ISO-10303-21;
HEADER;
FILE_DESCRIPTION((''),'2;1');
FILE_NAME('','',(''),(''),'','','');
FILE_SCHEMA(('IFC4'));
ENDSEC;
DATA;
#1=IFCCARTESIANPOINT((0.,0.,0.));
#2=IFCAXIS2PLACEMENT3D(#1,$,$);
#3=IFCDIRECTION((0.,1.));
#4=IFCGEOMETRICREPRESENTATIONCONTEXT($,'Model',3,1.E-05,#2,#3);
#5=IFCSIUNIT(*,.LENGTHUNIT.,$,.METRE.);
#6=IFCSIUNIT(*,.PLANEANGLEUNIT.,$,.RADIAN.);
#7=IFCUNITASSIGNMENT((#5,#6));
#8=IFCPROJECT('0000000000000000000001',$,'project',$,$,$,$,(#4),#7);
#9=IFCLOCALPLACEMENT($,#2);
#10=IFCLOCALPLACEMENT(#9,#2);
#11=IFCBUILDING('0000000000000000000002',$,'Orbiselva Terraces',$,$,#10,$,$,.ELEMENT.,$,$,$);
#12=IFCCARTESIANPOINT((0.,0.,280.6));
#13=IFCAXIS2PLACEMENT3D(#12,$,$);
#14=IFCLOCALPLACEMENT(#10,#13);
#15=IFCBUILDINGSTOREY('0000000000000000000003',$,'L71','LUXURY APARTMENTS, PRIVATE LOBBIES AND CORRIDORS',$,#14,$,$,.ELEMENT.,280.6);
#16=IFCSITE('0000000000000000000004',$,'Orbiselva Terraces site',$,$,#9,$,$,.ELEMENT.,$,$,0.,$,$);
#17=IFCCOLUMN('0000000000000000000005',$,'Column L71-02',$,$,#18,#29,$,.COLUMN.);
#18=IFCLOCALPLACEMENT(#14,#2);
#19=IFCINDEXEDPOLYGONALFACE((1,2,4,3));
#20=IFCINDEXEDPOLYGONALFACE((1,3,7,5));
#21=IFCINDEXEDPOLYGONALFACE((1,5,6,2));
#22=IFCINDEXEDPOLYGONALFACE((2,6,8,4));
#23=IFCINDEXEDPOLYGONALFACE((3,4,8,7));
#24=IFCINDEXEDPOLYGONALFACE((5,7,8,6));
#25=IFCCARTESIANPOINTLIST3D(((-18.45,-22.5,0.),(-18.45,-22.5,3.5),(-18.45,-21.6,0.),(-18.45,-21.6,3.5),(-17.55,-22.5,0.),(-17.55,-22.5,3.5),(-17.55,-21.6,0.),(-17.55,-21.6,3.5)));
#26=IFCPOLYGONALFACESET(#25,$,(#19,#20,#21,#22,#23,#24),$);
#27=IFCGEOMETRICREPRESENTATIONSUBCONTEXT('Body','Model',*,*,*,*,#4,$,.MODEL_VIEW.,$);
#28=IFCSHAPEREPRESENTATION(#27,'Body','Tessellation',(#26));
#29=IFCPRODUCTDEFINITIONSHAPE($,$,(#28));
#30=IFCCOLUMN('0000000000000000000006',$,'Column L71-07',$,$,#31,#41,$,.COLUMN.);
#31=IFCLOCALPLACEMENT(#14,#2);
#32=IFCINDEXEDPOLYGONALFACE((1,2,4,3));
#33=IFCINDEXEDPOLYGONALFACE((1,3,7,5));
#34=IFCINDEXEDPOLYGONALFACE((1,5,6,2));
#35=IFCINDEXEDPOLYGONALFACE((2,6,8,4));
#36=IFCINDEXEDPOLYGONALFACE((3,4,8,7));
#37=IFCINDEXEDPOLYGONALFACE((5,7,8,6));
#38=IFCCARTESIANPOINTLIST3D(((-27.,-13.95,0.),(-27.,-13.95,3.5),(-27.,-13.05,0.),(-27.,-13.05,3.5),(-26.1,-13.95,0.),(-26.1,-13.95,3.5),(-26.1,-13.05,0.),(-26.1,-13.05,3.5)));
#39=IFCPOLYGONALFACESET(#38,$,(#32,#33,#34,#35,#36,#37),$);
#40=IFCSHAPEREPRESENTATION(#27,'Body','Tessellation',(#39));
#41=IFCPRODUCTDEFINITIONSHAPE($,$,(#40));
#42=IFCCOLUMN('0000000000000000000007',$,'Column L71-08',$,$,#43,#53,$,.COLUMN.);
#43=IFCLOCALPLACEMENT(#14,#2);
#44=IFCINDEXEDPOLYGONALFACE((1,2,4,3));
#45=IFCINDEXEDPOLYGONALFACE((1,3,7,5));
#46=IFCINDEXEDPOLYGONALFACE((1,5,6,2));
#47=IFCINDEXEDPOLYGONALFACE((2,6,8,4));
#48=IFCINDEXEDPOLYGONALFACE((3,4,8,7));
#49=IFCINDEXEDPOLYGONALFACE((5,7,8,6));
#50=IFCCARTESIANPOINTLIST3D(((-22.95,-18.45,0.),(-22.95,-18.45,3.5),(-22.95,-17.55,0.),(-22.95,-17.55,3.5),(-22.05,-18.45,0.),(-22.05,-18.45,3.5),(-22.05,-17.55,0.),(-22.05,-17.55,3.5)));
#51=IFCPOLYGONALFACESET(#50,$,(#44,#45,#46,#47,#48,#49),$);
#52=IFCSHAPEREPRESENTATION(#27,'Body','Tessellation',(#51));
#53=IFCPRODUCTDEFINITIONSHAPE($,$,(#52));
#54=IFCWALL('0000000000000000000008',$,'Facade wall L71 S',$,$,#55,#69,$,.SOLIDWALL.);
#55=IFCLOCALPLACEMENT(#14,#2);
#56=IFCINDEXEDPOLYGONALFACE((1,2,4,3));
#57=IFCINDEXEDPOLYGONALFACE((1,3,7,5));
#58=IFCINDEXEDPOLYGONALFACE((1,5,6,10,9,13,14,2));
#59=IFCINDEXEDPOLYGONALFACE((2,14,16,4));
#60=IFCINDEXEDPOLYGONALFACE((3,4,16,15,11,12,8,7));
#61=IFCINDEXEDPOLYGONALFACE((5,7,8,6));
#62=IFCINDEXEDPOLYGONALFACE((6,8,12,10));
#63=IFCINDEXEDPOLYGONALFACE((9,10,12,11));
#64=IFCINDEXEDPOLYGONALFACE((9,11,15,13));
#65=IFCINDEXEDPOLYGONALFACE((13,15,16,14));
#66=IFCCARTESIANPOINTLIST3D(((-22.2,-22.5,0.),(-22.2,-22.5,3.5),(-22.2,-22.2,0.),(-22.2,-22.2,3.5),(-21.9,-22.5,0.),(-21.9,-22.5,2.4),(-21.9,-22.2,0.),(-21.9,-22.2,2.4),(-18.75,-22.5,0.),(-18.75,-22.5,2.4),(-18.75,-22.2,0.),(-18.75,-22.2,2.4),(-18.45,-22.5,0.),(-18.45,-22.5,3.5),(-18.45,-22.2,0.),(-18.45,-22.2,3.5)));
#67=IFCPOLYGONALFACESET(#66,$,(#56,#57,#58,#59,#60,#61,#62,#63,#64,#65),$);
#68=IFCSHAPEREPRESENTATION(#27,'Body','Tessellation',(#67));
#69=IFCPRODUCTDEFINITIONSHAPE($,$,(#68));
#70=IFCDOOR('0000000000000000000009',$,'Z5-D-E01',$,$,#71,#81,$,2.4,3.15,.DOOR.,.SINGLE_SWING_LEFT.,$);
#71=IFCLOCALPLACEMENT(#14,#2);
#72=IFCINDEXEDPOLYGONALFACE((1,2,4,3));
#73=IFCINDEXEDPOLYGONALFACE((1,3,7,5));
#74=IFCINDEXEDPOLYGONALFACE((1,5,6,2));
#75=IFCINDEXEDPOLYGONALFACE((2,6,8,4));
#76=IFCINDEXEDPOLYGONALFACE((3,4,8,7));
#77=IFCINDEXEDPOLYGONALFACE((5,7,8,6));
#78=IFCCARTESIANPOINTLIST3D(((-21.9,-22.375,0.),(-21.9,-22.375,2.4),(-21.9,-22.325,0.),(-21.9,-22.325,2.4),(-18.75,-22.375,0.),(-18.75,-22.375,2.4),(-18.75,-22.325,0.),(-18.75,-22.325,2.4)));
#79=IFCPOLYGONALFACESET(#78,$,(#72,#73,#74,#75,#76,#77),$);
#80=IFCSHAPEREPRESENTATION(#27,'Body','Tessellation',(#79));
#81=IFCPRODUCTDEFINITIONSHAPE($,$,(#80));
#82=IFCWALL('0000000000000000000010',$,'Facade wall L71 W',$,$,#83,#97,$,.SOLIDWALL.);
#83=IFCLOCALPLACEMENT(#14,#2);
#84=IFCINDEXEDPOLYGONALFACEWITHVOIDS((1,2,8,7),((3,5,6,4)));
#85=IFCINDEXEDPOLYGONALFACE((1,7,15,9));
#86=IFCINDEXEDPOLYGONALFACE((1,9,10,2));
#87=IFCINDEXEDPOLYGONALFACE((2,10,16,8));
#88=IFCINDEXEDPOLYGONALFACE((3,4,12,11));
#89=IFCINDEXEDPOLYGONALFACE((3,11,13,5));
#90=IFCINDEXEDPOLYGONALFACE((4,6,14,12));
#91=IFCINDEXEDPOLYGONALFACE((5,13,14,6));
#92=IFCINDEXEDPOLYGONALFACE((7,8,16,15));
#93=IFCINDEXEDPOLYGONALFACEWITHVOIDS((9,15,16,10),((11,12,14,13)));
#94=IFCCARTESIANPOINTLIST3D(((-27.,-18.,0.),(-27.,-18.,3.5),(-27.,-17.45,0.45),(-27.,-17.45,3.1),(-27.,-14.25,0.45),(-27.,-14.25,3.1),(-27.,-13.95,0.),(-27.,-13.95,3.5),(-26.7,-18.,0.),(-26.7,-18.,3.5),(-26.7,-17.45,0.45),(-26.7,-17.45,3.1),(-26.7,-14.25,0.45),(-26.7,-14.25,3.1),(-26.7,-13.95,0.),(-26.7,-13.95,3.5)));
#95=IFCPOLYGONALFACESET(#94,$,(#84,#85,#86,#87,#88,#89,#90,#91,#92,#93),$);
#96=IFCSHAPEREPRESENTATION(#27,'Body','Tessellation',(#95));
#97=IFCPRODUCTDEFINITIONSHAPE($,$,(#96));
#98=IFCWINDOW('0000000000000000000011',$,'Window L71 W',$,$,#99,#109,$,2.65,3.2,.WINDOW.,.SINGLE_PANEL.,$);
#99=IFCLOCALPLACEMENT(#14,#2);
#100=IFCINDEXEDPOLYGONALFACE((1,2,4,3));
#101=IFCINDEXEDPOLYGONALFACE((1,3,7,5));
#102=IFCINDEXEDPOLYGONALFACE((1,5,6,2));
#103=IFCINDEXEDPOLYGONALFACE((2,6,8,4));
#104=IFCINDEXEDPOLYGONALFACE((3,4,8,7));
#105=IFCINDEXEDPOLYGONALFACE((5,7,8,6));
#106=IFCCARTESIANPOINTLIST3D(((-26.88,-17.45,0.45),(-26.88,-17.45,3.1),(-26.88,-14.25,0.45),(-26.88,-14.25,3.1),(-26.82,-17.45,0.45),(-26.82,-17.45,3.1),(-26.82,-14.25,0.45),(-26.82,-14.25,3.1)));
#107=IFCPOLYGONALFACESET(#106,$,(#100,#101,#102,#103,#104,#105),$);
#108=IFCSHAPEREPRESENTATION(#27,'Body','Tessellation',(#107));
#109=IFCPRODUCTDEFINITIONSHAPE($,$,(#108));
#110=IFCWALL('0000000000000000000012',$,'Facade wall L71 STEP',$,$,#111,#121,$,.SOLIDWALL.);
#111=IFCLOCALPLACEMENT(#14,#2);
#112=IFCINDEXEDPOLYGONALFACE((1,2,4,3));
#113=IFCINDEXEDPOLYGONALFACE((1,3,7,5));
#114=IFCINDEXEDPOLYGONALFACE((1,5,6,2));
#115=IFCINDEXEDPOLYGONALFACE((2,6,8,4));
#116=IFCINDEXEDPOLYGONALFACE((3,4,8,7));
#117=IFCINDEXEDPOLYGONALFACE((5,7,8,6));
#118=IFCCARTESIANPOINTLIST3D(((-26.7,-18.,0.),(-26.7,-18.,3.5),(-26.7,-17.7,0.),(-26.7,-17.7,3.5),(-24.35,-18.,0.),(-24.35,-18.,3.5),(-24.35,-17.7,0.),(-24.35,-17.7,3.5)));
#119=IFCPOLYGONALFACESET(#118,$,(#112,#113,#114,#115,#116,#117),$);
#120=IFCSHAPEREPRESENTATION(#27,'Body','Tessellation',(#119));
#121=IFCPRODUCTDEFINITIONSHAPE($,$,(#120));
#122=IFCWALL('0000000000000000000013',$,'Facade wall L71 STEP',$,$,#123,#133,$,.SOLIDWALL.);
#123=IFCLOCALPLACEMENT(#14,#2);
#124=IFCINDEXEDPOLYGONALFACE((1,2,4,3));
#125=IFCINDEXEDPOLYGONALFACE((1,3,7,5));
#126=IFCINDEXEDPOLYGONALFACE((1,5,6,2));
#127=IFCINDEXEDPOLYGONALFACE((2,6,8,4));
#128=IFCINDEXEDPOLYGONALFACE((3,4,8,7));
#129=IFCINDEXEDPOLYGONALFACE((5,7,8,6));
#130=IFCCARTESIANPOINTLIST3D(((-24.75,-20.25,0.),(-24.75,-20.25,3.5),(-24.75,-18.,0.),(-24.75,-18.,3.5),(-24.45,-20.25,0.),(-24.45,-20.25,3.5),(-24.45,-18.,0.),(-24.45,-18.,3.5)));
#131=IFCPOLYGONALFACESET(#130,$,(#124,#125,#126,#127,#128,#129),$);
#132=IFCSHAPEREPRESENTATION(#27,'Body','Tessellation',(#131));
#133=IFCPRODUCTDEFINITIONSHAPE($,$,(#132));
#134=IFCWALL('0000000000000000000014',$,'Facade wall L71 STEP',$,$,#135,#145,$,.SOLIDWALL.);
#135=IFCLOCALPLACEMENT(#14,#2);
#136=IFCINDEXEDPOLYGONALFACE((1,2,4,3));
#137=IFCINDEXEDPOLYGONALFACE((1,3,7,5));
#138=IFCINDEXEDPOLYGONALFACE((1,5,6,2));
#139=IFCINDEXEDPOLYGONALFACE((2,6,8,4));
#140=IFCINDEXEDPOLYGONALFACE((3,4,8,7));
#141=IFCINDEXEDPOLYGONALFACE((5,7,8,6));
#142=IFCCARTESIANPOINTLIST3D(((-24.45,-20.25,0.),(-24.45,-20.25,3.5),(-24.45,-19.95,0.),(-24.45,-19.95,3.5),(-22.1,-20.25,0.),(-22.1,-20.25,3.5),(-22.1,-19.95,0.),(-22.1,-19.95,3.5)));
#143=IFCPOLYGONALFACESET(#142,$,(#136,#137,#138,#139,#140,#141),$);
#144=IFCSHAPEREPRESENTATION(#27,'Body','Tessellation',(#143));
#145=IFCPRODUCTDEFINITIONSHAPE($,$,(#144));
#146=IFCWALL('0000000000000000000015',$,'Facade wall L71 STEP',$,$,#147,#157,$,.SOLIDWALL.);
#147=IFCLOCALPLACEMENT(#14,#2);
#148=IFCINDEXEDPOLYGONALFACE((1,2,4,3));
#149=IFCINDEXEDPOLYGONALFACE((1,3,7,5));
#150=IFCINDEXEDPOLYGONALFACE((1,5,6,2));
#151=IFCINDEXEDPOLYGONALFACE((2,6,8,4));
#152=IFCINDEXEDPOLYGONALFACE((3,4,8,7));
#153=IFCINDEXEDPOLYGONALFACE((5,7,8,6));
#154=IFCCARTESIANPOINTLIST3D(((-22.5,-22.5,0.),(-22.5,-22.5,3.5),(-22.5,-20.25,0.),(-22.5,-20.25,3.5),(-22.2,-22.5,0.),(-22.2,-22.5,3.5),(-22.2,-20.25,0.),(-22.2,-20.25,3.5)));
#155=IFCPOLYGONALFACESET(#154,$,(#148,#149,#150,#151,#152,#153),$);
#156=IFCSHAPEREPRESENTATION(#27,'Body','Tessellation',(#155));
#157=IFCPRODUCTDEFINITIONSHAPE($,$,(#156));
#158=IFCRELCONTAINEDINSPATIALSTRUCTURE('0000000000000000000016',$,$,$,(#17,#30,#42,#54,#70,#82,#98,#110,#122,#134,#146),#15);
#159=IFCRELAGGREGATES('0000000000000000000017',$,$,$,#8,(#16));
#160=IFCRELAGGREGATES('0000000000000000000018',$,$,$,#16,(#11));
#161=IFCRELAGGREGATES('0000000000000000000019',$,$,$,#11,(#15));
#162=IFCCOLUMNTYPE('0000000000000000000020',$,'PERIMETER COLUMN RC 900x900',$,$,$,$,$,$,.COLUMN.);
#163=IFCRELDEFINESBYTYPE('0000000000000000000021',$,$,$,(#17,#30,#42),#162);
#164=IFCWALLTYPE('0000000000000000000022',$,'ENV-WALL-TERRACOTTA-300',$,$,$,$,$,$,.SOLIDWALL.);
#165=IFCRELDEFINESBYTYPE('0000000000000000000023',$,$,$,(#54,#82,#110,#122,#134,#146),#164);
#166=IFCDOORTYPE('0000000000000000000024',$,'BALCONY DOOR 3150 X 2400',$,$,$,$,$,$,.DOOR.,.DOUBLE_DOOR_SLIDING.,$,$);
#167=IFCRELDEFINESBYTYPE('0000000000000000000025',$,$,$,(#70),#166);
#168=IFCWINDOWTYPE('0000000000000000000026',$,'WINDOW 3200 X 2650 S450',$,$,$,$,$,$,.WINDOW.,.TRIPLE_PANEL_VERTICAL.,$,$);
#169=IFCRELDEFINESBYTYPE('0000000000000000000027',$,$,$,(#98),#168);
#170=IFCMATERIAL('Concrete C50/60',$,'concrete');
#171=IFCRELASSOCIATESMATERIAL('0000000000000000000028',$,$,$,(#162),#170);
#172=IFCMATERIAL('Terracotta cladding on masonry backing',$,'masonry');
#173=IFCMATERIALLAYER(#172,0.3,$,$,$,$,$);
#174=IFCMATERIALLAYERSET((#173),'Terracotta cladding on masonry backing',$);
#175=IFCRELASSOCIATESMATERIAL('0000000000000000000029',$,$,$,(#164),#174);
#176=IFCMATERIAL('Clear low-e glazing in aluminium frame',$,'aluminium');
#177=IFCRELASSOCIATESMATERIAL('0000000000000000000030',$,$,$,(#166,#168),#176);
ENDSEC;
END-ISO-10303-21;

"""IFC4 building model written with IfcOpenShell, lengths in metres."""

from ifc_helpers import new_model, si_unit, direction, frame, frame_2d, origin, origin_2d, place, context, subcontext, project, spatial, rectangle, extrude, material, layer, layer_set, material_profile, profile_set, type_object, element, fill, save


model = new_model("IFC4")

# Units and contexts
model_context = context("Model", 3, precision=1e-05, world=origin(), true_north=direction((0.0, 1.0)))
body_context = subcontext(model_context, "Body", "Model", "MODEL_VIEW")
ifc_project = project(units=[si_unit("LENGTHUNIT", "METRE"), si_unit("PLANEANGLEUNIT", "RADIAN")], contexts=[model_context])

# Site, building, storey
site_placement = place(None, origin())
site = spatial("IfcSite", under=ifc_project, at=site_placement, Name="Orbiselva Terraces site", CompositionType="ELEMENT", RefElevation=0.0)
building_placement = place(site_placement, origin())
building = spatial("IfcBuilding", under=site, at=building_placement, Name="Orbiselva Terraces", CompositionType="ELEMENT")
storey_placement = place(building_placement, frame((0.0, 0.0, 280.6)))
storey = spatial("IfcBuildingStorey", under=building, at=storey_placement, Name="L71", Description="LUXURY APARTMENTS, PRIVATE LOBBIES AND CORRIDORS", CompositionType="ELEMENT", Elevation=280.6)

# Columns
ifc_material_1 = material(Name="Concrete C50/60", Category="concrete")
ifc_material_profile = material_profile(ifc_material_1, rectangle(XDim=0.9, YDim=0.9, at=origin_2d()), Name="RC 900x900")
ifc_profile_set = profile_set([ifc_material_profile], Name="Concrete C50/60")
column_type = type_object("IfcColumnType", Name="PERIMETER COLUMN RC 900x900", PredefinedType="COLUMN", material=ifc_profile_set)
for number, where, z_axis, x_axis, name in (
    (1, (-18.0, -22.05, 0.0), (0.0, 0.0, 1.0), (1.0, 0.0, 0.0), "Column L71-02"),
    (2, (-26.55, -13.5, 0.0), (0.0, 0.0, 1.0), (1.0, 0.0, 0.0), "Column L71-07"),
    (3, (-22.5, -18.0, 0.0), (0.0, 0.0, 1.0), (1.0, 0.0, 0.0), "Column L71-08"),
):
    element("IfcColumn", number, at=place(storey_placement, frame(where, z_axis=z_axis, x_axis=x_axis)), inside=storey, type_object=column_type, Name=name, PredefinedType="COLUMN", context=body_context, shape_type="SweptSolid", body=[
        extrude(rectangle(XDim=0.9, YDim=0.9, at=origin_2d()), origin(), (0.0, 0.0, 1.0), 3.5),
    ])

# Wall, opening, door
ifc_material_2 = material(Name="Terracotta cladding on masonry backing", Category="masonry")
ifc_layer_1 = layer(ifc_material_2, 0.3)
ifc_layer_set_1 = layer_set([ifc_layer_1], Name="Terracotta cladding on masonry backing")
wall_type_1 = type_object("IfcWallType", Name="ENV-WALL-TERRACOTTA-300", PredefinedType="SOLIDWALL", material=ifc_layer_set_1)
wall_1_placement = place(storey_placement, frame((-18.45, -22.35, 0.0), z_axis=(0.0, 0.0, 1.0), x_axis=(-1.0, 0.0, 0.0)))
wall_1 = element("IfcWall", 4, at=wall_1_placement, inside=storey, type_object=wall_type_1, Name="Facade wall L71 S", PredefinedType="SOLIDWALL", context=body_context, shape_type="SweptSolid", body=[
    extrude(rectangle(XDim=3.75, YDim=0.3, at=frame_2d((1.875, 0.0))), origin(), (0.0, 0.0, 1.0), 3.5),
])
opening_1_placement = place(wall_1_placement, frame((0.3, 0.0, 0.0)))
opening_1 = element("IfcOpeningElement", 5, at=opening_1_placement, cuts=wall_1, PredefinedType="OPENING", context=body_context, shape_type="SweptSolid", body=[
    extrude(rectangle(XDim=3.15, YDim=2.4, at=frame_2d((1.575, 1.2))), frame((0.0, 0.16, 0.0), z_axis=(0.0, -1.0, 0.0), x_axis=(1.0, 0.0, 0.0)), (0.0, 0.0, 1.0), 0.32),
])
ifc_material_3 = material(Name="Clear low-e glazing in aluminium frame", Category="aluminium")
door_type_1 = type_object("IfcDoorType", Name="BALCONY DOOR 3150 X 2400", OperationType="DOUBLE_DOOR_SLIDING", PredefinedType="DOOR", material=ifc_material_3)
door_1_placement = place(opening_1_placement, origin())
door_1 = element("IfcDoor", 6, at=door_1_placement, inside=storey, type_object=door_type_1, Name="Z5-D-E01", OperationType="SINGLE_SWING_LEFT", OverallHeight=2.4, OverallWidth=3.15, PredefinedType="DOOR", context=body_context, shape_type="SweptSolid", body=[
    extrude(rectangle(XDim=3.15, YDim=2.4, at=frame_2d((1.575, 1.2))), frame((0.0, 0.025, 0.0), z_axis=(0.0, -1.0, 0.0), x_axis=(1.0, 0.0, 0.0)), (0.0, 0.0, 1.0), 0.05),
])
fill(opening_1, door_1)

# Wall, opening, window
wall_2_placement = place(storey_placement, frame((-26.85, -18.0, 0.0), z_axis=(0.0, 0.0, 1.0), x_axis=(0.0, 1.0, 0.0)))
wall_2 = element("IfcWall", 7, at=wall_2_placement, inside=storey, type_object=wall_type_1, Name="Facade wall L71 W", PredefinedType="SOLIDWALL", context=body_context, shape_type="SweptSolid", body=[
    extrude(rectangle(XDim=4.05, YDim=0.3, at=frame_2d((2.025, 0.0))), origin(), (0.0, 0.0, 1.0), 3.5),
])
opening_2_placement = place(wall_2_placement, frame((0.55, 0.0, 0.45)))
opening_2 = element("IfcOpeningElement", 8, at=opening_2_placement, cuts=wall_2, PredefinedType="OPENING", context=body_context, shape_type="SweptSolid", body=[
    extrude(rectangle(XDim=3.2, YDim=2.65, at=frame_2d((1.6, 1.325))), frame((0.0, 0.16, 0.0), z_axis=(0.0, -1.0, 0.0), x_axis=(1.0, 0.0, 0.0)), (0.0, 0.0, 1.0), 0.32),
])
window_type = type_object("IfcWindowType", Name="WINDOW 3200 X 2650 S450", PartitioningType="TRIPLE_PANEL_VERTICAL", PredefinedType="WINDOW", material=ifc_material_3)
window_placement = place(opening_2_placement, origin())
window = element("IfcWindow", 9, at=window_placement, inside=storey, type_object=window_type, Name="Window L71 W", OverallHeight=2.65, OverallWidth=3.2, PartitioningType="SINGLE_PANEL", PredefinedType="WINDOW", context=body_context, shape_type="SweptSolid", body=[
    extrude(rectangle(XDim=3.2, YDim=2.65, at=frame_2d((1.6, 1.325))), frame((0.0, 0.03, 0.0), z_axis=(0.0, -1.0, 0.0), x_axis=(1.0, 0.0, 0.0)), (0.0, 0.0, 1.0), 0.06),
])
fill(opening_2, window)

# Walls
wall_3_placement = place(storey_placement, frame((-24.35, -17.85, 0.0), z_axis=(0.0, 0.0, 1.0), x_axis=(-1.0, 0.0, 0.0)))
element("IfcWall", 10, at=wall_3_placement, inside=storey, type_object=wall_type_1, Name="Facade wall L71 STEP", PredefinedType="SOLIDWALL", context=body_context, shape_type="SweptSolid", body=[
    extrude(rectangle(XDim=2.35, YDim=0.3, at=frame_2d((1.175, 0.0))), origin(), (0.0, 0.0, 1.0), 3.5),
])
wall_4_placement = place(storey_placement, frame((-24.6, -20.25, 0.0), z_axis=(0.0, 0.0, 1.0), x_axis=(0.0, 1.0, 0.0)))
element("IfcWall", 11, at=wall_4_placement, inside=storey, type_object=wall_type_1, Name="Facade wall L71 STEP", PredefinedType="SOLIDWALL", context=body_context, shape_type="SweptSolid", body=[
    extrude(rectangle(XDim=2.25, YDim=0.3, at=frame_2d((1.125, 0.0))), origin(), (0.0, 0.0, 1.0), 3.5),
])
wall_5_placement = place(storey_placement, frame((-22.1, -20.1, 0.0), z_axis=(0.0, 0.0, 1.0), x_axis=(-1.0, 0.0, 0.0)))
element("IfcWall", 12, at=wall_5_placement, inside=storey, type_object=wall_type_1, Name="Facade wall L71 STEP", PredefinedType="SOLIDWALL", context=body_context, shape_type="SweptSolid", body=[
    extrude(rectangle(XDim=2.35, YDim=0.3, at=frame_2d((1.175, 0.0))), origin(), (0.0, 0.0, 1.0), 3.5),
])
wall_6_placement = place(storey_placement, frame((-22.35, -22.5, 0.0), z_axis=(0.0, 0.0, 1.0), x_axis=(0.0, 1.0, 0.0)))
element("IfcWall", 13, at=wall_6_placement, inside=storey, type_object=wall_type_1, Name="Facade wall L71 STEP", PredefinedType="SOLIDWALL", context=body_context, shape_type="SweptSolid", body=[
    extrude(rectangle(XDim=2.25, YDim=0.3, at=frame_2d((1.125, 0.0))), origin(), (0.0, 0.0, 1.0), 3.5),
])

save(model, "model.ifc")
